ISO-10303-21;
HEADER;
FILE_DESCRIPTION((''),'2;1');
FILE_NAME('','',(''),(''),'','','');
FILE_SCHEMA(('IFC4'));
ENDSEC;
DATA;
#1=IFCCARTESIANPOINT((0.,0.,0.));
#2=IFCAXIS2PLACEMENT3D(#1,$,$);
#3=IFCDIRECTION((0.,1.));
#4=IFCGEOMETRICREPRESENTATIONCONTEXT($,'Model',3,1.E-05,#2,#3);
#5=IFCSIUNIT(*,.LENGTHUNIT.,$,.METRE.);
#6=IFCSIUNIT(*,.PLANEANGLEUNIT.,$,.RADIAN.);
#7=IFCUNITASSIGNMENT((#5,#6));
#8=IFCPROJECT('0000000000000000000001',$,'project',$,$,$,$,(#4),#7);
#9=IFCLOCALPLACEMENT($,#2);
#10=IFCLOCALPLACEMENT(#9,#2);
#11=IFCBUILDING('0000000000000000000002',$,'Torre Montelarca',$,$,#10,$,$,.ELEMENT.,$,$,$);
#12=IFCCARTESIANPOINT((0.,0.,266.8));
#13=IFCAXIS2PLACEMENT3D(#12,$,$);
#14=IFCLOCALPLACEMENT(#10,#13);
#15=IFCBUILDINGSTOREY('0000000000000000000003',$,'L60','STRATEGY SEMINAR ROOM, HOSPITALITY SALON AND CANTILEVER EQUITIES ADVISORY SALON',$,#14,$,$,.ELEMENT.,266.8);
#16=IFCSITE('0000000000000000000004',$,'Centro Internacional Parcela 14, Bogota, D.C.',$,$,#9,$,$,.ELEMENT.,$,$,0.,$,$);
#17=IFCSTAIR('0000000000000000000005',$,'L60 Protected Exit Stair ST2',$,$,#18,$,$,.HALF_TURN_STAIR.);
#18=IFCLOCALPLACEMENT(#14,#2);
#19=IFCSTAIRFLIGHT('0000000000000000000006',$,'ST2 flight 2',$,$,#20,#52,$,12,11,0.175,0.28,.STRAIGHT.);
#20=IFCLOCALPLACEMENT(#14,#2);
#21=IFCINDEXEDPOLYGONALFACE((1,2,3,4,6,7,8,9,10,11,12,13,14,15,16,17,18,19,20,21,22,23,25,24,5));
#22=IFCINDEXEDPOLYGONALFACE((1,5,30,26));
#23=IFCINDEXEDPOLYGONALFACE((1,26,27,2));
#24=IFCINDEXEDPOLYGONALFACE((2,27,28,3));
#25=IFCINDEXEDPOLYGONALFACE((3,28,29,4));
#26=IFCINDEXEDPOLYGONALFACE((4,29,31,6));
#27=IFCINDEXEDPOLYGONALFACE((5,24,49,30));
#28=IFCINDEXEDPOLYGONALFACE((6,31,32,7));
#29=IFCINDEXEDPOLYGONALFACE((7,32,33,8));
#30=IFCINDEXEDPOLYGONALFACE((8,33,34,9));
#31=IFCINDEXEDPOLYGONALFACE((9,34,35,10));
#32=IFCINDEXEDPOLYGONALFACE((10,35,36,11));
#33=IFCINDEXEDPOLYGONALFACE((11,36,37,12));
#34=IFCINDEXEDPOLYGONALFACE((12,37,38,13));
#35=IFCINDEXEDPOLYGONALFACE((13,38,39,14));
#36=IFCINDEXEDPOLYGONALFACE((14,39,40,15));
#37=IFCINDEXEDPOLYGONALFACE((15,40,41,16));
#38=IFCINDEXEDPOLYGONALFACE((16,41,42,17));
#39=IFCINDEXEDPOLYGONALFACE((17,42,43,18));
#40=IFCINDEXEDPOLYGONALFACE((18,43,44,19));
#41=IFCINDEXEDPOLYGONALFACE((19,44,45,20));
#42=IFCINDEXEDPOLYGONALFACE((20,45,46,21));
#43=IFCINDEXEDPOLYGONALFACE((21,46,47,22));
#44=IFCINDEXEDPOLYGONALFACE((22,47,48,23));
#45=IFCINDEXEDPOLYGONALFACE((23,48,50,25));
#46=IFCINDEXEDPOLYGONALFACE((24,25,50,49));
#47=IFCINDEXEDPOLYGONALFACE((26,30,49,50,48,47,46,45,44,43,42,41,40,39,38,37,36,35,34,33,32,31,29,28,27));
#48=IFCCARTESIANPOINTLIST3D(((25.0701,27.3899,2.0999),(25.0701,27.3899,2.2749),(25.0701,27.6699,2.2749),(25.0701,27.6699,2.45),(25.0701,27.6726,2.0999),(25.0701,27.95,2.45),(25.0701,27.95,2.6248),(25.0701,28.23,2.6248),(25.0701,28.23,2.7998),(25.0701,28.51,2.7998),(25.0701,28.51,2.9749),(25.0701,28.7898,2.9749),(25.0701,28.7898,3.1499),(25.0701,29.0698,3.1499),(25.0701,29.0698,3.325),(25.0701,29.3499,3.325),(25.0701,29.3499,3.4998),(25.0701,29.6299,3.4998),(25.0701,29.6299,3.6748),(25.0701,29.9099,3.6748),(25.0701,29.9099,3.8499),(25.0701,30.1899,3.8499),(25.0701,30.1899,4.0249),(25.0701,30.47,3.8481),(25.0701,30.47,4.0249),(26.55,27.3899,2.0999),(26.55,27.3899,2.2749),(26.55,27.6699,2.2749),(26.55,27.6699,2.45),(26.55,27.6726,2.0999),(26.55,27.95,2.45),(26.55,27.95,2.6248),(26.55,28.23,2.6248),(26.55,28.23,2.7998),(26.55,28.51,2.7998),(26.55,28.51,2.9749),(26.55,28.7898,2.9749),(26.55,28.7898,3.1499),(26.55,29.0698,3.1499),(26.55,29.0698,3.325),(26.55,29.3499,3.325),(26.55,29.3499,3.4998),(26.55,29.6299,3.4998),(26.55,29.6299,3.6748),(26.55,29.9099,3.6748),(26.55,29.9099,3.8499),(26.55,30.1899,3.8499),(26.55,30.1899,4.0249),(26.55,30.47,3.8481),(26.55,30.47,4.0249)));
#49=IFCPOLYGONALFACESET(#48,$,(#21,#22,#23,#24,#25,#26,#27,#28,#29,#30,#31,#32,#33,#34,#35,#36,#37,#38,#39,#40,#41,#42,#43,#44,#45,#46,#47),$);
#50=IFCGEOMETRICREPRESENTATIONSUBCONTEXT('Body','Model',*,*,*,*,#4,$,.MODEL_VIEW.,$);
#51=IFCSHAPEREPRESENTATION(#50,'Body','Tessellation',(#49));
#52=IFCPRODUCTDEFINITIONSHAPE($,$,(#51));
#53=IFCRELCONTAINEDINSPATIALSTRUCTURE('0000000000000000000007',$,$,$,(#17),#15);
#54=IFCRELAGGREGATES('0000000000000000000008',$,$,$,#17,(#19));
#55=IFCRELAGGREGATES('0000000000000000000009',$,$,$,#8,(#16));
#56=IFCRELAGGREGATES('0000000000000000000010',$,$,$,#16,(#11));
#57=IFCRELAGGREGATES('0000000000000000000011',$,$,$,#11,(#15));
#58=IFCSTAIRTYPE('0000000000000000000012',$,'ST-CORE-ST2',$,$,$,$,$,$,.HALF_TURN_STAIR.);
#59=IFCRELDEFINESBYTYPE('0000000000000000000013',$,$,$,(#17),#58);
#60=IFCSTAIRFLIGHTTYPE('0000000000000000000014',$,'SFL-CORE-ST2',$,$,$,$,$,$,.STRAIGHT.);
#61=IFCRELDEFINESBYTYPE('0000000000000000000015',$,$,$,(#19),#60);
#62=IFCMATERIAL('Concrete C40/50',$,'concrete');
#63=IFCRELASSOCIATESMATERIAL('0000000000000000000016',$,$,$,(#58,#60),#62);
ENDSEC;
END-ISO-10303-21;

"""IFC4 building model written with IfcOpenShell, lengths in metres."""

from ifc_helpers import new_model, si_unit, direction, frame, origin, place, context, subcontext, project, spatial, polyline, outline, extrude, material, type_object, element, aggregate, save


model = new_model("IFC4")

# Units and contexts
model_context = context("Model", 3, precision=1e-05, world=origin(), true_north=direction((0.0, 1.0)))
body_context = subcontext(model_context, "Body", "Model", "MODEL_VIEW")
ifc_project = project(units=[si_unit("LENGTHUNIT", "METRE"), si_unit("PLANEANGLEUNIT", "RADIAN")], contexts=[model_context])

# Site, building, storey
site_placement = place(None, origin())
site = spatial("IfcSite", under=ifc_project, at=site_placement, Name="Centro Internacional Parcela 14, Bogota, D.C.", CompositionType="ELEMENT", RefElevation=0.0)
building_placement = place(site_placement, origin())
building = spatial("IfcBuilding", under=site, at=building_placement, Name="Torre Montelarca", CompositionType="ELEMENT")
storey_placement = place(building_placement, frame((0.0, 0.0, 266.8)))
storey = spatial("IfcBuildingStorey", under=building, at=storey_placement, Name="L60", Description="STRATEGY SEMINAR ROOM, HOSPITALITY SALON AND CANTILEVER EQUITIES ADVISORY SALON", CompositionType="ELEMENT", Elevation=266.8)

# Shared definitions
ifc_material_1 = material(Name="Concrete C40/50", Category="concrete")

# Stair, stair flight
stair_type = type_object("IfcStairType", Name="ST-CORE-ST2", PredefinedType="HALF_TURN_STAIR", material=ifc_material_1)
stair_placement = place(storey_placement, origin())
stair = element("IfcStair", 1, at=stair_placement, inside=storey, type_object=stair_type, Name="L60 Protected Exit Stair ST2", PredefinedType="HALF_TURN_STAIR")
stair_flight_type = type_object("IfcStairFlightType", Name="SFL-CORE-ST2", PredefinedType="STRAIGHT", material=ifc_material_1)
stair_flight_1_placement = place(storey_placement, frame((25.8101, 27.3899, 2.0999), z_axis=(0.0, 0.0, 1.0), x_axis=(0.0, 1.0, 0.0)))
stair_flight_1 = element("IfcStairFlight", 2, at=stair_flight_1_placement, type_object=stair_flight_type, Name="ST2 flight 2", NumberOfRisers=12, NumberOfTreads=11, PredefinedType="STRAIGHT", RiserHeight=0.175, TreadLength=0.28, context=body_context, shape_type="SweptSolid", body=[
    extrude(outline(polyline([(0.0, 0.0), (0.0, 0.175), (0.28, 0.175), (0.28, 0.3501), (0.5601, 0.3501), (0.5601, 0.5249), (0.8401, 0.5249), (0.8401, 0.7), (1.1201, 0.7), (1.1201, 0.875), (1.3999, 0.875), (1.3999, 1.05), (1.6799, 1.05), (1.6799, 1.2251), (1.96, 1.2251), (1.96, 1.3999), (2.24, 1.3999), (2.24, 1.575), (2.52, 1.575), (2.52, 1.75), (2.8, 1.75), (2.8, 1.925), (3.0801, 1.925), (3.0801, 2.1001), (3.0801, 1.7483), (0.2827, 0.0), (0.0, 0.0)])), frame((0.0, 0.74, 0.0), z_axis=(0.0, -1.0, 0.0), x_axis=(1.0, 0.0, 0.0)), (0.0, 0.0, 1.0), 1.48),
])
aggregate(stair, [stair_flight_1])

save(model, "model.ifc")
